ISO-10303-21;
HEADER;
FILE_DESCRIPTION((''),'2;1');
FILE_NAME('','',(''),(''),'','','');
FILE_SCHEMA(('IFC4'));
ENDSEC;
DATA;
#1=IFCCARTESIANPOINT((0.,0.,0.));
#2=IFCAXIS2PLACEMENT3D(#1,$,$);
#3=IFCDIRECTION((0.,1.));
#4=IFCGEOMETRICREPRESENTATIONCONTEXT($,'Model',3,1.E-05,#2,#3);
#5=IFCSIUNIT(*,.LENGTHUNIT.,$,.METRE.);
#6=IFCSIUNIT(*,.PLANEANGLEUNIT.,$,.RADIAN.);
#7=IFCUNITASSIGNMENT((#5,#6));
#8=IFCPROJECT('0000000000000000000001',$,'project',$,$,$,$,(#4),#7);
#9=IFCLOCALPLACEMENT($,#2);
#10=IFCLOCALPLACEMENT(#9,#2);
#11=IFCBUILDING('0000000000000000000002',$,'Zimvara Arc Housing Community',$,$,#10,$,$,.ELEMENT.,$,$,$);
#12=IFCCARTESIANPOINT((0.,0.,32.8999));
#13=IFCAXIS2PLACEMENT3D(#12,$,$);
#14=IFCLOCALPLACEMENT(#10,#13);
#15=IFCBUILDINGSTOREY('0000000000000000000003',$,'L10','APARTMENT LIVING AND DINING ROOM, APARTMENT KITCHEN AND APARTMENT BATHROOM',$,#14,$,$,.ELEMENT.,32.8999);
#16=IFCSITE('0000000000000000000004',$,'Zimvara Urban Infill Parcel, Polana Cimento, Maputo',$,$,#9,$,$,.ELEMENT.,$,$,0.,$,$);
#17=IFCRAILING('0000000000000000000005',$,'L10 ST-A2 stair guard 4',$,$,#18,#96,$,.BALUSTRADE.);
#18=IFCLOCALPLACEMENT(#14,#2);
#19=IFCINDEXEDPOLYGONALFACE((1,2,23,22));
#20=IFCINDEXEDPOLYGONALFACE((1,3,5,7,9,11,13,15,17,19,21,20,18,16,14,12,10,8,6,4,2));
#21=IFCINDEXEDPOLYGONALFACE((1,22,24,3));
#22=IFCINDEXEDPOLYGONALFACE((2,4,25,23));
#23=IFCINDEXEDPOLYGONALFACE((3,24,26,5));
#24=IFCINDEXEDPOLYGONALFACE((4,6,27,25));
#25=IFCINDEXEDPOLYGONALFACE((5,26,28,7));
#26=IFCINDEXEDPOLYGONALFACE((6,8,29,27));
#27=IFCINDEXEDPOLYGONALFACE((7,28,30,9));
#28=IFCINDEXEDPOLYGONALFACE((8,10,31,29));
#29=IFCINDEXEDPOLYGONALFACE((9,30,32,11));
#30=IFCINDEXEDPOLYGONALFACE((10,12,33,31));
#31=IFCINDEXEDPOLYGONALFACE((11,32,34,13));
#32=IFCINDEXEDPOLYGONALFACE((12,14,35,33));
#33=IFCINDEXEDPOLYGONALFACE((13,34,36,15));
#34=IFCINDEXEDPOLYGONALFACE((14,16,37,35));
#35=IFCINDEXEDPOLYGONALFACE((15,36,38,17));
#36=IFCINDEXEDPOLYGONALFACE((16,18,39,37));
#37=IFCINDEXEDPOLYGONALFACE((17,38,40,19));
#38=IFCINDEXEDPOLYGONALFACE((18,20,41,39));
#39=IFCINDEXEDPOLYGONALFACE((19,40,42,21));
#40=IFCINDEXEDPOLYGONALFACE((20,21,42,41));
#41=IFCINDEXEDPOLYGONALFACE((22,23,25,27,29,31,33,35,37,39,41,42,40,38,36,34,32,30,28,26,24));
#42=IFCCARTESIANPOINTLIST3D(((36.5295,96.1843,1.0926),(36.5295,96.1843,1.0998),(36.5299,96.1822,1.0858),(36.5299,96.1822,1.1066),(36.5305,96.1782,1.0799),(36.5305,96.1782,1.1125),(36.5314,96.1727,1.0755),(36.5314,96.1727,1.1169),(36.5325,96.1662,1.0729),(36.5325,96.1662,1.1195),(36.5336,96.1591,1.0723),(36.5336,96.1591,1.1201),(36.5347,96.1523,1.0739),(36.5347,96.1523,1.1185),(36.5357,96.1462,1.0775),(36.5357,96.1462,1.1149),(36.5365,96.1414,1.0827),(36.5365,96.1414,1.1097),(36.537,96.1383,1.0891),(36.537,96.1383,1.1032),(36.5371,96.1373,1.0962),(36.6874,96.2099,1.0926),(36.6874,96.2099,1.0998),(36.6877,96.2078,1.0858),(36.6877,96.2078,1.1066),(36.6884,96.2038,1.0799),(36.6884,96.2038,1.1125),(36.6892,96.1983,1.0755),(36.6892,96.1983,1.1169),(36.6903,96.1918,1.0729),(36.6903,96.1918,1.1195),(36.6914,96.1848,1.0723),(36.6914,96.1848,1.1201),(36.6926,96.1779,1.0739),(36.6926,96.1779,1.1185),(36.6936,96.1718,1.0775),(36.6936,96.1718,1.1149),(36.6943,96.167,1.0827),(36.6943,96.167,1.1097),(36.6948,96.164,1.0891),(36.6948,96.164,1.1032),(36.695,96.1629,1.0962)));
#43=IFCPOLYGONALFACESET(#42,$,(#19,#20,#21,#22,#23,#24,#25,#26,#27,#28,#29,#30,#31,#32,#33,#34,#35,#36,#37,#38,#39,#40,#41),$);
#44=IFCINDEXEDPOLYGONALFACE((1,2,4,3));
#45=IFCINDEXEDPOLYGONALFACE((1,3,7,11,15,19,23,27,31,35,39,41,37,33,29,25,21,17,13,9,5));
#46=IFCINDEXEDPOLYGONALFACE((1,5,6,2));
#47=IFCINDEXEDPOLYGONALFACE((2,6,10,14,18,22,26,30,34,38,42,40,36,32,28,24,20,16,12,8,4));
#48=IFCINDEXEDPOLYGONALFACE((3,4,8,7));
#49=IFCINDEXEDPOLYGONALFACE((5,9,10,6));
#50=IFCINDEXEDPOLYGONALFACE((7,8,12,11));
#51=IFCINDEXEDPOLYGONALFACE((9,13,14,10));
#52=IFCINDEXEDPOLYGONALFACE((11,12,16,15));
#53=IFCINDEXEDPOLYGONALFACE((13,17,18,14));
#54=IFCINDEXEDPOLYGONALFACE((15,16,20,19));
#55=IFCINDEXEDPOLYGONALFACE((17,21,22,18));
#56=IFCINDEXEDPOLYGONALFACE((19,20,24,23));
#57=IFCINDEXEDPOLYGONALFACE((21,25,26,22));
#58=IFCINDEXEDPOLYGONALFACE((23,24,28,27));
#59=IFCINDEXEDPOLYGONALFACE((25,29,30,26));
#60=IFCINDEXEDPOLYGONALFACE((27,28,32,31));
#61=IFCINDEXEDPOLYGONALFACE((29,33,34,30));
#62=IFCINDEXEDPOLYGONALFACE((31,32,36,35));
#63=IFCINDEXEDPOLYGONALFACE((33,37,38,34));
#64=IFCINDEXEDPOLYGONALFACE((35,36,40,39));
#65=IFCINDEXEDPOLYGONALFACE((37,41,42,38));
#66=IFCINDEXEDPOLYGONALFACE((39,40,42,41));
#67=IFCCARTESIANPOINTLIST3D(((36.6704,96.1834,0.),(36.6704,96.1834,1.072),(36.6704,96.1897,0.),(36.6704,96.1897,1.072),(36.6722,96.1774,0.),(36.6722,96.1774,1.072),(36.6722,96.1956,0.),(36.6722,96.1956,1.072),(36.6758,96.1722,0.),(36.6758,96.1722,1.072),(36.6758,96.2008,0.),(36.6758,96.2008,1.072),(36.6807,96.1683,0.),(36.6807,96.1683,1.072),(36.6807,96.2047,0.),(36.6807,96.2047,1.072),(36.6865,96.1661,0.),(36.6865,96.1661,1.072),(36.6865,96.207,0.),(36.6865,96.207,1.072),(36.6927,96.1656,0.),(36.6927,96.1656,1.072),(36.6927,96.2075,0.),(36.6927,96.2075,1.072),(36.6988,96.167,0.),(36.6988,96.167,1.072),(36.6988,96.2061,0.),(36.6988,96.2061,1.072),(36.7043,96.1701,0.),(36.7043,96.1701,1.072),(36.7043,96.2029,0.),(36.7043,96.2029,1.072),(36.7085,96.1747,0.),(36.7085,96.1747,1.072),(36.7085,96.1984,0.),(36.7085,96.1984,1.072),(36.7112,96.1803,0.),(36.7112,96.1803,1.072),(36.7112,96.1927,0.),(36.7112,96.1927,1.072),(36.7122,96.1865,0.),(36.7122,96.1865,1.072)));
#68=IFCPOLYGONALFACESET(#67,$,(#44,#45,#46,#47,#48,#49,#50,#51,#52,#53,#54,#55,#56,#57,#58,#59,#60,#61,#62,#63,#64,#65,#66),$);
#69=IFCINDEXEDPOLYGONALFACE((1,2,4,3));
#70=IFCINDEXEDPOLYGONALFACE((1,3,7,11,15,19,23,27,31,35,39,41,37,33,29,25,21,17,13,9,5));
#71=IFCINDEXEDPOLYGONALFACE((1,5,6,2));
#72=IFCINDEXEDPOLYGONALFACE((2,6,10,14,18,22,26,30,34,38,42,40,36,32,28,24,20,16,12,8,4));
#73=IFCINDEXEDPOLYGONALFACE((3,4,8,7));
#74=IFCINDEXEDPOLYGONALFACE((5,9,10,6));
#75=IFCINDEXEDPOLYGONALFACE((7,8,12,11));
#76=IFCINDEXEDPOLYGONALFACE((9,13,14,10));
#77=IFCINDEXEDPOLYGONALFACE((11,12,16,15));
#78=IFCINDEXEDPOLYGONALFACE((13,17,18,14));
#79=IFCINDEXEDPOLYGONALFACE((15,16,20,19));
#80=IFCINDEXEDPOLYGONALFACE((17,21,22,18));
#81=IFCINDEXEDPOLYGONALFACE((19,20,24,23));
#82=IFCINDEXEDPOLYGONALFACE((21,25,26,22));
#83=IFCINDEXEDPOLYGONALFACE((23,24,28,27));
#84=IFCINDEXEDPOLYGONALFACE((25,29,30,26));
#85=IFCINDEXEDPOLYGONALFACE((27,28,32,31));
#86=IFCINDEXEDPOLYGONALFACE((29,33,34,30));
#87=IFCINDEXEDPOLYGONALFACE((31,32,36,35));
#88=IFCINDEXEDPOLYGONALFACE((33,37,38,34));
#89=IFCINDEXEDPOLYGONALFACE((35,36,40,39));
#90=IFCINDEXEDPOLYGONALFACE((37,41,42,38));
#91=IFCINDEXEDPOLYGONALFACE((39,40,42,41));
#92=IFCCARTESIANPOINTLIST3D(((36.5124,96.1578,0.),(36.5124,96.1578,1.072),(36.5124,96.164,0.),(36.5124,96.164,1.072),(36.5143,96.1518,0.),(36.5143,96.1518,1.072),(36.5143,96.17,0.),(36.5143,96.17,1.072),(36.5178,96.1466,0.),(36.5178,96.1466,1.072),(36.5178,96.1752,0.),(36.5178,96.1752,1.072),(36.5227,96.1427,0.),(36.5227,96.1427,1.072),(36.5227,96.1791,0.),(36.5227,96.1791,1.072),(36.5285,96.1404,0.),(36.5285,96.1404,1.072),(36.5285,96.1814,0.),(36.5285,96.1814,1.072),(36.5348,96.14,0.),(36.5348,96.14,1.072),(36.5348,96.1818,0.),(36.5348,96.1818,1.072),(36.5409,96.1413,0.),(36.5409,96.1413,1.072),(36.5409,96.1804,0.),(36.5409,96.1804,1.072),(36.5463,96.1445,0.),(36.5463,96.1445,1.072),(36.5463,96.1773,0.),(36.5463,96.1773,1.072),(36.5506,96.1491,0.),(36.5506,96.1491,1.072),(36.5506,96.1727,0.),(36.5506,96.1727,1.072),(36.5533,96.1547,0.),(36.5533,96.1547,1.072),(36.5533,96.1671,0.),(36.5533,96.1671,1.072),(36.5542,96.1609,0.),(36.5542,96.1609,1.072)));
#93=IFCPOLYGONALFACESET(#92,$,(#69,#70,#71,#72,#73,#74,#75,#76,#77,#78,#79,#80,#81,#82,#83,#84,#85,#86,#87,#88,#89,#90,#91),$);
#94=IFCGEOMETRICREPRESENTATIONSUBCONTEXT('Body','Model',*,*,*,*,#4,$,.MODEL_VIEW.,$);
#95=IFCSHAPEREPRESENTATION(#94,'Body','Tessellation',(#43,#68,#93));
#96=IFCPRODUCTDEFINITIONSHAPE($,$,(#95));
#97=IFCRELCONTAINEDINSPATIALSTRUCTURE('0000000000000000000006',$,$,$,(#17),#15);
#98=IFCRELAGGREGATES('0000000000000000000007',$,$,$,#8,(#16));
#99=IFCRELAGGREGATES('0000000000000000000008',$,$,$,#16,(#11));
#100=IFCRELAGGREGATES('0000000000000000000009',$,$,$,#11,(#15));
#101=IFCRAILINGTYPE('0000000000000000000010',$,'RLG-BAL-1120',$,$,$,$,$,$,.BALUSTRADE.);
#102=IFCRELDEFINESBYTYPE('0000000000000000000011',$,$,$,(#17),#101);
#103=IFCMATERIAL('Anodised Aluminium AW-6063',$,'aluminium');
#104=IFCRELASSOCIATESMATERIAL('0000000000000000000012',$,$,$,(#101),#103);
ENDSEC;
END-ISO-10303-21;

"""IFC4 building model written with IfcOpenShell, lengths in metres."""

from ifc_helpers import new_model, si_unit, direction, frame, origin, origin_2d, place, context, subcontext, project, spatial, circle, extrude, material, type_object, element, save


model = new_model("IFC4")

# Units and contexts
model_context = context("Model", 3, precision=1e-05, world=origin(), true_north=direction((0.0, 1.0)))
body_context = subcontext(model_context, "Body", "Model", "MODEL_VIEW")
ifc_project = project(units=[si_unit("LENGTHUNIT", "METRE"), si_unit("PLANEANGLEUNIT", "RADIAN")], contexts=[model_context])

# Site, building, storey
site_placement = place(None, origin())
site = spatial("IfcSite", under=ifc_project, at=site_placement, Name="Zimvara Urban Infill Parcel, Polana Cimento, Maputo", CompositionType="ELEMENT", RefElevation=0.0)
building_placement = place(site_placement, origin())
building = spatial("IfcBuilding", under=site, at=building_placement, Name="Zimvara Arc Housing Community", CompositionType="ELEMENT")
storey_placement = place(building_placement, frame((0.0, 0.0, 32.8999)))
storey = spatial("IfcBuildingStorey", under=building, at=storey_placement, Name="L10", Description="APARTMENT LIVING AND DINING ROOM, APARTMENT KITCHEN AND APARTMENT BATHROOM", CompositionType="ELEMENT", Elevation=32.8999)

# Railing
ifc_material_1 = material(Name="Anodised Aluminium AW-6063", Category="aluminium")
railing_type_1 = type_object("IfcRailingType", Name="RLG-BAL-1120", PredefinedType="BALUSTRADE", material=ifc_material_1)
railing_1_placement = place(storey_placement, frame((36.6912, 96.1865, 0.0)))
element("IfcRailing", 1, at=railing_1_placement, inside=storey, type_object=railing_type_1, Name="L10 ST-A2 stair guard 4", PredefinedType="BALUSTRADE", context=body_context, shape_type="SweptSolid", body=[
    extrude(circle(Radius=0.0239, at=origin_2d()), frame((0.0, 0.0, 1.0962), z_axis=(-0.987086, -0.160192, 0.0), x_axis=(0.160192, -0.987086, 0.0)), (0.0, 0.0, 1.0), 0.1599),
    extrude(circle(Radius=0.021, at=origin_2d()), origin(), (0.0, 0.0, 1.0), 1.072),
    extrude(circle(Radius=0.021, at=origin_2d()), frame((-0.158, -0.0256, 0.0)), (0.0, 0.0, 1.0), 1.072),
])

save(model, "model.ifc")
